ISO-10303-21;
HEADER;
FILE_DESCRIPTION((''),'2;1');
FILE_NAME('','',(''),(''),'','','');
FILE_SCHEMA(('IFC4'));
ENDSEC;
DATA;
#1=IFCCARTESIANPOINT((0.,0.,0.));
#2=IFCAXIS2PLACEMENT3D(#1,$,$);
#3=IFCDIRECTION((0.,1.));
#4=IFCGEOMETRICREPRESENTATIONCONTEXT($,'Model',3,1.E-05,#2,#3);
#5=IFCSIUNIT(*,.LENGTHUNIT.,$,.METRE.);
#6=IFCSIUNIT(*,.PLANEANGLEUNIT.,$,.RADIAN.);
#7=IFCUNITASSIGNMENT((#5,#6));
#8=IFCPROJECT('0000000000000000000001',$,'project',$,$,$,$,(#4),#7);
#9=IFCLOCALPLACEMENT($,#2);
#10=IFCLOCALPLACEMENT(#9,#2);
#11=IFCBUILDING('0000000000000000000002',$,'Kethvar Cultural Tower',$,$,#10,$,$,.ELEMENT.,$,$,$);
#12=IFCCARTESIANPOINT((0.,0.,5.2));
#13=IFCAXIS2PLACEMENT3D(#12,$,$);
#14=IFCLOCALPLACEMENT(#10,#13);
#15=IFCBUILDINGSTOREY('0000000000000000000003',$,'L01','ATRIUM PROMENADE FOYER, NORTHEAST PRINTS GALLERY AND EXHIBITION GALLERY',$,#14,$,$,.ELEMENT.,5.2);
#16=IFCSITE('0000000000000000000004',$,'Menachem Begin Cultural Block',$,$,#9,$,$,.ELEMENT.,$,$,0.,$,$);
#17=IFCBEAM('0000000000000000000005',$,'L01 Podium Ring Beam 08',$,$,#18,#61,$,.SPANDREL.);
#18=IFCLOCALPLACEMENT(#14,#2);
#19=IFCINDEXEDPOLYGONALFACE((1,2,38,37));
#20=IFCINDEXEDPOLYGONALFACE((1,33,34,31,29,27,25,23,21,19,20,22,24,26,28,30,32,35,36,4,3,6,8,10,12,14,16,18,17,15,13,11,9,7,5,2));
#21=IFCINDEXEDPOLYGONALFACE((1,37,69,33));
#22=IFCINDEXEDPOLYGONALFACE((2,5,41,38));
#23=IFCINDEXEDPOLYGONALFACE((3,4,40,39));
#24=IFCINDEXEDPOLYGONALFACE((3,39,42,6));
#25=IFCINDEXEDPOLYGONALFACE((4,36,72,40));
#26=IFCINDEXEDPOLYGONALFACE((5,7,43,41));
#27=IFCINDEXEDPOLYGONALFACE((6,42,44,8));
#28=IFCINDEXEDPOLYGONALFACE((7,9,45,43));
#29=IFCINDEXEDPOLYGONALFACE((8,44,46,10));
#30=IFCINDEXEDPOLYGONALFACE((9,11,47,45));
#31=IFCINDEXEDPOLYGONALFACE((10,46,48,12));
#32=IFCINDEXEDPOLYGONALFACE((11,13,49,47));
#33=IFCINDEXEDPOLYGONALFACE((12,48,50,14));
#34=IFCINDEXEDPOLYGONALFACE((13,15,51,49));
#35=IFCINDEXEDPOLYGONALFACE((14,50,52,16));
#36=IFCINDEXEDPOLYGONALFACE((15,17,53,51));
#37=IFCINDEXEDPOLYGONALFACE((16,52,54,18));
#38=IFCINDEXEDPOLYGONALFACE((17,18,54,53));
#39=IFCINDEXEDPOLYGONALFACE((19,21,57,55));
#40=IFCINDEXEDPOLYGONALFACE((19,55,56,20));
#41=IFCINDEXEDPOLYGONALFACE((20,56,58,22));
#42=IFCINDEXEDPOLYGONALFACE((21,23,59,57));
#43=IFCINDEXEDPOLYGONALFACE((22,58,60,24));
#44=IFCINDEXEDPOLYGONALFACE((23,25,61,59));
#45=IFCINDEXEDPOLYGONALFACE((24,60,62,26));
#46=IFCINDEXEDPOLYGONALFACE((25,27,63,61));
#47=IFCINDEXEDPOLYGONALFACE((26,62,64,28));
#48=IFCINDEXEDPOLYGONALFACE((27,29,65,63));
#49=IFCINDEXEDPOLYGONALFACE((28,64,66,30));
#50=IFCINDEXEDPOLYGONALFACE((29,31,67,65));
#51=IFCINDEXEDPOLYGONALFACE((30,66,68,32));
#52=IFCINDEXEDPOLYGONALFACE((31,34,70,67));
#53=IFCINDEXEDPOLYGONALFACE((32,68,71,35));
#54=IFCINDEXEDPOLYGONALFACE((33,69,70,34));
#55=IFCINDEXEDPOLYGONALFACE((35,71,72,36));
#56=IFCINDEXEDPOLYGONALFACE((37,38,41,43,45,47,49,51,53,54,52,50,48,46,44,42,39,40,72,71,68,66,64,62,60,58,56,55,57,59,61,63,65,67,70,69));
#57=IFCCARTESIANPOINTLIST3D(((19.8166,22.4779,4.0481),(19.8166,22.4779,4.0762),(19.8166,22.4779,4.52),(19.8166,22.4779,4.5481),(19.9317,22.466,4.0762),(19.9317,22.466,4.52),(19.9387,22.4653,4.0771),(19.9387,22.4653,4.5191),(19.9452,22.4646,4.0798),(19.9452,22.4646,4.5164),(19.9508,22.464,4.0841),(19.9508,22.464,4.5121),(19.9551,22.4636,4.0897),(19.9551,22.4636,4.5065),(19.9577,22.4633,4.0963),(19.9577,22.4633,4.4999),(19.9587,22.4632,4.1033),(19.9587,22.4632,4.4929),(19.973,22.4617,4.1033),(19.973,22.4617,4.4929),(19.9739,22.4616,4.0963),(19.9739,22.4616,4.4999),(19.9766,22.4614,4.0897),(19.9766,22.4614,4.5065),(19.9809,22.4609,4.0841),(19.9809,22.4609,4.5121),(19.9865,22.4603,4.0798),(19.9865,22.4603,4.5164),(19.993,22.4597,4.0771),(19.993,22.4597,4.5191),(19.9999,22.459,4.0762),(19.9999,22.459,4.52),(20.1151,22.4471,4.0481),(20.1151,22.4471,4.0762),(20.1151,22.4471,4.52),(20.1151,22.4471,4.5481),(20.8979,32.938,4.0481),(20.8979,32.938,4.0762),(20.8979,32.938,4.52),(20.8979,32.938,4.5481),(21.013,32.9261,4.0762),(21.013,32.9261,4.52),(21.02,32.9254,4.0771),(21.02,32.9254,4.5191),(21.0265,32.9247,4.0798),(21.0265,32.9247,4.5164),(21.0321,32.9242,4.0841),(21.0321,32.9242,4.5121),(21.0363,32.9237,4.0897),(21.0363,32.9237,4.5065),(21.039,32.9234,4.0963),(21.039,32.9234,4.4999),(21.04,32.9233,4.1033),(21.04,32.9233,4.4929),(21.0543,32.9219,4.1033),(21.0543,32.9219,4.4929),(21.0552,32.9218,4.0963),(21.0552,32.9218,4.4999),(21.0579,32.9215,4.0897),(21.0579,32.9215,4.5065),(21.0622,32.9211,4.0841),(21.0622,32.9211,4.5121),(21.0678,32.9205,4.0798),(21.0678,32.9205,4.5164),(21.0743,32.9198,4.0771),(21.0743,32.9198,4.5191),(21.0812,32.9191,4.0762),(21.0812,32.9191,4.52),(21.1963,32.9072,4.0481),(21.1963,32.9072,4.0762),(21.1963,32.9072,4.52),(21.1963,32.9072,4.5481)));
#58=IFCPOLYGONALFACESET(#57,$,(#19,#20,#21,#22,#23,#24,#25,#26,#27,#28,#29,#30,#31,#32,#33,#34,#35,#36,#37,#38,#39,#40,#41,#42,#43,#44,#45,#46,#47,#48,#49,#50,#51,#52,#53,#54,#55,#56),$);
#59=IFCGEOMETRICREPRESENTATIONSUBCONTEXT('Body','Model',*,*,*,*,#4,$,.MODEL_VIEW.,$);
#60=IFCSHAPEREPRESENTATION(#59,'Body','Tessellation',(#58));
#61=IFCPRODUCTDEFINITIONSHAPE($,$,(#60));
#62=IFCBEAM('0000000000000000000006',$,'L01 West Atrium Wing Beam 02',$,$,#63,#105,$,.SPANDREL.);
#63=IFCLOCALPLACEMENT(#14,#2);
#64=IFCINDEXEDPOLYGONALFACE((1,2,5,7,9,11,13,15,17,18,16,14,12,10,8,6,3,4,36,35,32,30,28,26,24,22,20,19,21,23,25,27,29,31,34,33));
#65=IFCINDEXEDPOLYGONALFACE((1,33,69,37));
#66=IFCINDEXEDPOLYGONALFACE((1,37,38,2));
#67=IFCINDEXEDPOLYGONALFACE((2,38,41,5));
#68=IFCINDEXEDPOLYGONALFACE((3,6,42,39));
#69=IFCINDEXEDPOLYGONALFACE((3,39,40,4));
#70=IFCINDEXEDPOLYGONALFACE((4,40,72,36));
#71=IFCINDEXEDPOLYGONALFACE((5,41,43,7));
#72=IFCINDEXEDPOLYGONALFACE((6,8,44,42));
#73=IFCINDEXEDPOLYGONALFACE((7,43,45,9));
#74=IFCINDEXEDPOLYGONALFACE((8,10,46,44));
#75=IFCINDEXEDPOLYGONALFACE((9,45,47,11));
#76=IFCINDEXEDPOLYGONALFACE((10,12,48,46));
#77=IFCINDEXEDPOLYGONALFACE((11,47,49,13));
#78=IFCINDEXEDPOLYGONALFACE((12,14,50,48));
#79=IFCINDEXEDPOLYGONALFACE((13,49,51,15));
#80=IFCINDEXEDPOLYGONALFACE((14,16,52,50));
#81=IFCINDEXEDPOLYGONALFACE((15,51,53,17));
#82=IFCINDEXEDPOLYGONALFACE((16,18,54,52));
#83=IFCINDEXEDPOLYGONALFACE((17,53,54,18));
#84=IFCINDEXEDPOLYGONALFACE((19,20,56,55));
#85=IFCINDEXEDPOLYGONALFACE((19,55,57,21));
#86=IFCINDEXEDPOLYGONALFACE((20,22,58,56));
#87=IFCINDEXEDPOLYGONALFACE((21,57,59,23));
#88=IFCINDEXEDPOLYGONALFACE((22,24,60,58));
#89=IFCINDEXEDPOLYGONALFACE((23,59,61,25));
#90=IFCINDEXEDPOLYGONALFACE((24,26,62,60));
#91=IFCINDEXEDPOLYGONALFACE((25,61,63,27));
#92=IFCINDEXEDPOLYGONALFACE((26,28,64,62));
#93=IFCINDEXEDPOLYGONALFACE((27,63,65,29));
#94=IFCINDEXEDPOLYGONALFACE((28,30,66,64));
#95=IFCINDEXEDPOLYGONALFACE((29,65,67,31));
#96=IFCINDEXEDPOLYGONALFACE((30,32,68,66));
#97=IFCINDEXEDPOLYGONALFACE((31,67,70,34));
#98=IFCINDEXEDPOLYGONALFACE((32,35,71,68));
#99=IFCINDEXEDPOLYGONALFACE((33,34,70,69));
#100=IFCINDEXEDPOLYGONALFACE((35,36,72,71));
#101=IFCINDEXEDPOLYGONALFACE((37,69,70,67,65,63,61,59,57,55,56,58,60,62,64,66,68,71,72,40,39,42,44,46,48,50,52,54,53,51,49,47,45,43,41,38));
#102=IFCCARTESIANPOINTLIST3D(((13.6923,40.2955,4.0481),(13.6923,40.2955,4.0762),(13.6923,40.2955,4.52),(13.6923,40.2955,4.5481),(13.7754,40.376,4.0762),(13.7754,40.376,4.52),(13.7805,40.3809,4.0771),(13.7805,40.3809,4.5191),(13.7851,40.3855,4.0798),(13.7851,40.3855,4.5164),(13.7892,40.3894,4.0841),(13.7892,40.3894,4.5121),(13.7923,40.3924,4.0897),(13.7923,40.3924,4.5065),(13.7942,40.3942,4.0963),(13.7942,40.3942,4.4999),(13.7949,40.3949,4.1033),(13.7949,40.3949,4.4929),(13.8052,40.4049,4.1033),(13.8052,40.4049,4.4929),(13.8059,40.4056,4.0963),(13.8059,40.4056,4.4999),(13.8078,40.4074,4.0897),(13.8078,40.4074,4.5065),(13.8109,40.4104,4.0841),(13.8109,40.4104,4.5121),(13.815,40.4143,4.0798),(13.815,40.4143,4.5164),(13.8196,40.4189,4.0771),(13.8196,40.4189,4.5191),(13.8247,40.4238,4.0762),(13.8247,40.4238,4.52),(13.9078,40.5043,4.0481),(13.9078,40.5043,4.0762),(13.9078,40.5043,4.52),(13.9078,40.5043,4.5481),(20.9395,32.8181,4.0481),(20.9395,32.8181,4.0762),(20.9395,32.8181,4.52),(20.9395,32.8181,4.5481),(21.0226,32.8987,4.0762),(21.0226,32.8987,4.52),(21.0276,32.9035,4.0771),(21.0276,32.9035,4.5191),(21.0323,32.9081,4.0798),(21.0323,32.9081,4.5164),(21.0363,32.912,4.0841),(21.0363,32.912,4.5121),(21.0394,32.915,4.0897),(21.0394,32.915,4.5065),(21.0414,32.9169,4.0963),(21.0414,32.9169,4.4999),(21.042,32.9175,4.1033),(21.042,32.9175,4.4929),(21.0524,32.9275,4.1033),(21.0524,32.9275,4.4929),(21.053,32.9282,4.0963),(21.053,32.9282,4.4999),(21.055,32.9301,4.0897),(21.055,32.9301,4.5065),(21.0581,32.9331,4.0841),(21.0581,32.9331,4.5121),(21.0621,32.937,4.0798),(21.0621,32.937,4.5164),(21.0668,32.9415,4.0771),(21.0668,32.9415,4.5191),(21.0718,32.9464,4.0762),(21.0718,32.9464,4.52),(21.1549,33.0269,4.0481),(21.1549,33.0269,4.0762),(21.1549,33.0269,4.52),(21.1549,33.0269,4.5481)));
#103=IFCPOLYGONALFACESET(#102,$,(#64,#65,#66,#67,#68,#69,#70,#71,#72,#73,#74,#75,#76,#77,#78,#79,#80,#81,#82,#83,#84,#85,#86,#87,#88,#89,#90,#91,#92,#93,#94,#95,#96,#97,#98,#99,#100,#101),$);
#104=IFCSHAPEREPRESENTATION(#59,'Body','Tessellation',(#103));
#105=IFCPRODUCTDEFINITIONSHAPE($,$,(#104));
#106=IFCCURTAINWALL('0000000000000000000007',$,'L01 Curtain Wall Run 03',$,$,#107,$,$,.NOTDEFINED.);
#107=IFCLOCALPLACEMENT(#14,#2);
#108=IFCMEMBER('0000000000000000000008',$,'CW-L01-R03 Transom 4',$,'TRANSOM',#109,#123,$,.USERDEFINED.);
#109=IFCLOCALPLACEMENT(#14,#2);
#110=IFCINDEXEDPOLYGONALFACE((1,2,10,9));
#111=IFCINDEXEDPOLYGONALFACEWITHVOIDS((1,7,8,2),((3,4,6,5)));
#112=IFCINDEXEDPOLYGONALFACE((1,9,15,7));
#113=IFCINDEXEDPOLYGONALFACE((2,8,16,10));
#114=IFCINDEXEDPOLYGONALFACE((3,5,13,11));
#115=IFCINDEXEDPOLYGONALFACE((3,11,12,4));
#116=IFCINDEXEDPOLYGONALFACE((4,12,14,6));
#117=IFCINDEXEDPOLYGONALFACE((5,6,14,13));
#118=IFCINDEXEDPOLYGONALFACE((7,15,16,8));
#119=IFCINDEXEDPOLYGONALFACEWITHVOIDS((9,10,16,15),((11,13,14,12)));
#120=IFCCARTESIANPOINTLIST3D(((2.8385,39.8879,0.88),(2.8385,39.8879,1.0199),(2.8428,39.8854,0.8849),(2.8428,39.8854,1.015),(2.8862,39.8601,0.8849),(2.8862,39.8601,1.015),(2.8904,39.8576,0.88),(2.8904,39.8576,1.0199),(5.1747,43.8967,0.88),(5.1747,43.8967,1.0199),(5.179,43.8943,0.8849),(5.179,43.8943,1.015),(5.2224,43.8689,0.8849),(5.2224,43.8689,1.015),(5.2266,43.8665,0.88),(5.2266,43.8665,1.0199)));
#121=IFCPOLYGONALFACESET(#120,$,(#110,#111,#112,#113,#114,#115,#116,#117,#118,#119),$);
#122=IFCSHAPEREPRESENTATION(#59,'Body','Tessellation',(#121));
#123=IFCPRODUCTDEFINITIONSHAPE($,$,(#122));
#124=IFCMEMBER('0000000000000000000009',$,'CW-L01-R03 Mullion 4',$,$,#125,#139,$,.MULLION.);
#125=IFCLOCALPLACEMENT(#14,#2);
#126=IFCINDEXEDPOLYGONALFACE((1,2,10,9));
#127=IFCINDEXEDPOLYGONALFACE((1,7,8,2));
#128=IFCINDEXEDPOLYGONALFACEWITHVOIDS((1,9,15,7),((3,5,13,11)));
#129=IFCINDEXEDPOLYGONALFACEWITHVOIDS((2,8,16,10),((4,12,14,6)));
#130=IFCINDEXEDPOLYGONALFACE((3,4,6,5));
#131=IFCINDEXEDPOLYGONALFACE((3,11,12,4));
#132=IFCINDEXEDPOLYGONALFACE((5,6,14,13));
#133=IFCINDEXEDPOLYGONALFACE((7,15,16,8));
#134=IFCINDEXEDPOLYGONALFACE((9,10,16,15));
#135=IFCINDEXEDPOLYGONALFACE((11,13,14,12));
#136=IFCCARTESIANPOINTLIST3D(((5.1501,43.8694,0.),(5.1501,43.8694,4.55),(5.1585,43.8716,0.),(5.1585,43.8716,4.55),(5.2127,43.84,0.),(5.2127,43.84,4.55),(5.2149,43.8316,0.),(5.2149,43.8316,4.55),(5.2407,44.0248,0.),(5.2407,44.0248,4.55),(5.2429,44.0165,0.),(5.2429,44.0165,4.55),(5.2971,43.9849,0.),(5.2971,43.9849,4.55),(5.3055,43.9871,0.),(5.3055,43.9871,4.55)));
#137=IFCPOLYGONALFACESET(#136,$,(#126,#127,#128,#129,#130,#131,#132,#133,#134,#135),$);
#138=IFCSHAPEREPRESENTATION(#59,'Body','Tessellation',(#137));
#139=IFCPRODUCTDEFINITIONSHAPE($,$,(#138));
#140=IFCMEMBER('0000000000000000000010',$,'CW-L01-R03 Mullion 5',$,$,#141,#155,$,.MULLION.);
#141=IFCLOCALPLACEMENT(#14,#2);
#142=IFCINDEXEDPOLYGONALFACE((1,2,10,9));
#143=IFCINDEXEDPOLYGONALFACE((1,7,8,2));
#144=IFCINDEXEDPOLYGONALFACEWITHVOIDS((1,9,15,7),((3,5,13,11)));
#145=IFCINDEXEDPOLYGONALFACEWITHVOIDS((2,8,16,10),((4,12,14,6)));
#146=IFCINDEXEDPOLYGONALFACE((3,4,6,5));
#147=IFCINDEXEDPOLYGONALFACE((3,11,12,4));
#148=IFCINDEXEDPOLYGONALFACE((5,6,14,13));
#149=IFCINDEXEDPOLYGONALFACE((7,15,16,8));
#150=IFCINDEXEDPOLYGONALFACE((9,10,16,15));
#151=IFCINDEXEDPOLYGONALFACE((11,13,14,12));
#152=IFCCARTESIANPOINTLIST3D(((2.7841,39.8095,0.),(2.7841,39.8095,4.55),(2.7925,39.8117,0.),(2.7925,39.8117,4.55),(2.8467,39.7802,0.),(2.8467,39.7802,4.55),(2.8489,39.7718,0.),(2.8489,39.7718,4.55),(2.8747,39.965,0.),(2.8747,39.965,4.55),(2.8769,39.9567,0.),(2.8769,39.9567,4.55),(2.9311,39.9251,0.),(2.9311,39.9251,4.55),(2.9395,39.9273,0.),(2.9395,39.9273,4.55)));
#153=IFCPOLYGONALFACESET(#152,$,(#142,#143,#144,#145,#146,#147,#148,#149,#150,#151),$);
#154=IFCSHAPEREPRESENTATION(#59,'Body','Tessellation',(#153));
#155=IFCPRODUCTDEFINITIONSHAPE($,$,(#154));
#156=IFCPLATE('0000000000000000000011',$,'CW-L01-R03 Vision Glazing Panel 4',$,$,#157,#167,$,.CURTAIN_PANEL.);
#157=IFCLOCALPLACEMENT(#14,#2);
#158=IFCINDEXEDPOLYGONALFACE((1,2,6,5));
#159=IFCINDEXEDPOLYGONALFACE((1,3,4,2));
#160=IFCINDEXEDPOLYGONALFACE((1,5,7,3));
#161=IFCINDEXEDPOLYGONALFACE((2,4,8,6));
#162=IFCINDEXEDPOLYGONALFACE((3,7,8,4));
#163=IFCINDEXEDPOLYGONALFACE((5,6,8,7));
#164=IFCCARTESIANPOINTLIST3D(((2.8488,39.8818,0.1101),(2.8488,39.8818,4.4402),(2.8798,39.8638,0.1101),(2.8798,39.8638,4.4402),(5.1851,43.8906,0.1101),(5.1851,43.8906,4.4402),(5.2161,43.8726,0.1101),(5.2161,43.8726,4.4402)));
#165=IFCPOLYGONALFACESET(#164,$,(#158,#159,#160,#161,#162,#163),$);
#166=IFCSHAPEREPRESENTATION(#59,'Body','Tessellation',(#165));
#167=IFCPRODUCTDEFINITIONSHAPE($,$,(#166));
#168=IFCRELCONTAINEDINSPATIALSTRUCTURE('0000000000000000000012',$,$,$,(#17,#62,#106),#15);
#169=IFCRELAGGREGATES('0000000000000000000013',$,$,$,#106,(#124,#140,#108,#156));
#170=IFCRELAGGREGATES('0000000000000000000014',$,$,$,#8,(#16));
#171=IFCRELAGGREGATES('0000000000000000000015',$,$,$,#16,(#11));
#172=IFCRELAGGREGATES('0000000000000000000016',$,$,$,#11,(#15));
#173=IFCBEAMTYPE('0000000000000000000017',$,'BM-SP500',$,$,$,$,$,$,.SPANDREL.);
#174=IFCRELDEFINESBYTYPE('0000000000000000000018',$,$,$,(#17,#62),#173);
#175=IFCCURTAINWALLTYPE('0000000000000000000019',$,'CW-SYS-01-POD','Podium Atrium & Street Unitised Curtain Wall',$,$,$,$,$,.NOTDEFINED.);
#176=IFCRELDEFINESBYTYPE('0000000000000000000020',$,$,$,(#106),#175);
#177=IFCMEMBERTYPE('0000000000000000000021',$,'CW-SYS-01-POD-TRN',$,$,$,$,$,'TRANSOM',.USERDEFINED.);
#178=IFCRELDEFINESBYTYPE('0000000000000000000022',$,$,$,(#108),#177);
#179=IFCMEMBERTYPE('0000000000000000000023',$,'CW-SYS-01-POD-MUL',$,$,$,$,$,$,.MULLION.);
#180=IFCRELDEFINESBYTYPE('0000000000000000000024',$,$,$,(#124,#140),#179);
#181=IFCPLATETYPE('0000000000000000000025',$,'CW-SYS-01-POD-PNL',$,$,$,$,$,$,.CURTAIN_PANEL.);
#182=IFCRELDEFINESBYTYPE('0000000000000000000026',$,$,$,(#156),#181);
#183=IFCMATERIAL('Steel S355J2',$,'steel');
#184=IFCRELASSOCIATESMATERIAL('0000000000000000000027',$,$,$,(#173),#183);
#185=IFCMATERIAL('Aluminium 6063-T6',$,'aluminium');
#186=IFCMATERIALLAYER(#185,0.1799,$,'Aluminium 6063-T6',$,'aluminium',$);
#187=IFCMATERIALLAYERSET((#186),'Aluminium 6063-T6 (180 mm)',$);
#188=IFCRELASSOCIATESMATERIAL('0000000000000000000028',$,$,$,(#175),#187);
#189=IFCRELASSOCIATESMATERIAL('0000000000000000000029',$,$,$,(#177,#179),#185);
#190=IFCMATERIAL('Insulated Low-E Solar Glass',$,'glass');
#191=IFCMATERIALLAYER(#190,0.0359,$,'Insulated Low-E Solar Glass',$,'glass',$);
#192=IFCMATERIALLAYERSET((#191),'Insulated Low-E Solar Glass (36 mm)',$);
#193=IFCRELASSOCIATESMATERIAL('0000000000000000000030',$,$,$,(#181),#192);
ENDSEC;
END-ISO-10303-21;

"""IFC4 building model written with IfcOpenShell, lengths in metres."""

from ifc_helpers import new_model, si_unit, direction, frame, origin, origin_2d, place, context, subcontext, project, spatial, rectangle, hollow_rectangle, i_section, extrude, source, transform, mapped, material, layer, layer_set, material_profile, profile_set, type_object, element, aggregate, save


model = new_model("IFC4")

# Units and contexts
model_context = context("Model", 3, precision=1e-05, world=origin(), true_north=direction((0.0, 1.0)))
body_context = subcontext(model_context, "Body", "Model", "MODEL_VIEW")
ifc_project = project(units=[si_unit("LENGTHUNIT", "METRE"), si_unit("PLANEANGLEUNIT", "RADIAN")], contexts=[model_context])

# Site, building, storey
site_placement = place(None, origin())
site = spatial("IfcSite", under=ifc_project, at=site_placement, Name="Menachem Begin Cultural Block", CompositionType="ELEMENT", RefElevation=0.0)
building_placement = place(site_placement, origin())
building = spatial("IfcBuilding", under=site, at=building_placement, Name="Kethvar Cultural Tower", CompositionType="ELEMENT")
storey_placement = place(building_placement, frame((0.0, 0.0, 5.2)))
storey = spatial("IfcBuildingStorey", under=building, at=storey_placement, Name="L01", Description="ATRIUM PROMENADE FOYER, NORTHEAST PRINTS GALLERY AND EXHIBITION GALLERY", CompositionType="ELEMENT", Elevation=5.2)

# Shared definitions
ifc_material_1 = material(Name="Steel S355J2", Category="steel")

# Beams
ifc_material_profile_1 = material_profile(ifc_material_1, i_section(OverallWidth=0.3, OverallDepth=0.5, WebThickness=0.0144, FlangeThickness=0.0281, FilletRadius=0.0271, at=origin_2d()), Name="Steel S355J2 — HEB500")
ifc_profile_set_1 = profile_set([ifc_material_profile_1], Name="Steel S355J2 — HEB500")
beam_type = type_object("IfcBeamType", Name="BM-SP500", PredefinedType="SPANDREL", material=ifc_profile_set_1)
shared_shape_1 = source(origin(), body_context, "Body", "SweptSolid", [
    extrude(i_section(OverallWidth=0.3, OverallDepth=0.5, WebThickness=0.0144, FlangeThickness=0.0281, FilletRadius=0.0271, at=origin_2d()), origin(), (0.0, 0.0, 1.0), 10.5159),
])
beam_1_placement = place(storey_placement, frame((21.0471, 32.9226, 4.2981), z_axis=(-0.102825, -0.994699, 0.0), x_axis=(0.994699, -0.102825, 0.0)))
element("IfcBeam", 1, at=beam_1_placement, inside=storey, type_object=beam_type, Name="L01 Podium Ring Beam 08", PredefinedType="SPANDREL", context=body_context, shape_type="MappedRepresentation", body=[
    mapped(shared_shape_1, transform((0.0, 0.0, 0.0), scale=1.0)),
])
shared_shape_2 = source(origin(), body_context, "Body", "SweptSolid", [
    extrude(i_section(OverallWidth=0.3, OverallDepth=0.5, WebThickness=0.0144, FlangeThickness=0.0281, FilletRadius=0.0271, at=origin_2d()), origin(), (0.0, 0.0, 1.0), 10.4131),
])
beam_2_placement = place(storey_placement, frame((13.8, 40.3999, 4.2981), z_axis=(0.695966, -0.718075, 0.0), x_axis=(0.718075, 0.695966, 0.0)))
element("IfcBeam", 2, at=beam_2_placement, inside=storey, type_object=beam_type, Name="L01 West Atrium Wing Beam 02", PredefinedType="SPANDREL", context=body_context, shape_type="MappedRepresentation", body=[
    mapped(shared_shape_2, transform((0.0, 0.0, 0.0), scale=1.0)),
])

# Curtain wall, members, plate
ifc_material_2 = material(Name="Aluminium 6063-T6", Category="aluminium")
ifc_layer_1 = layer(ifc_material_2, 0.1799, Name="Aluminium 6063-T6", Category="aluminium")
ifc_layer_set_1 = layer_set([ifc_layer_1], Name="Aluminium 6063-T6 (180 mm)")
curtain_wall_type = type_object("IfcCurtainWallType", Name="CW-SYS-01-POD", Description="Podium Atrium & Street Unitised Curtain Wall", PredefinedType="NOTDEFINED", material=ifc_layer_set_1)
curtain_wall_placement = place(storey_placement, origin())
curtain_wall = element("IfcCurtainWall", 3, at=curtain_wall_placement, inside=storey, type_object=curtain_wall_type, Name="L01 Curtain Wall Run 03", PredefinedType="NOTDEFINED")
ifc_material_profile_2 = material_profile(ifc_material_2, hollow_rectangle(XDim=0.0601, YDim=0.1399, WallThickness=0.0049, at=origin_2d()), Name="Aluminium 6063-T6 — RHS140x60x5")
ifc_profile_set_2 = profile_set([ifc_material_profile_2], Name="Aluminium 6063-T6 — RHS140x60x5")
member_type_1 = type_object("IfcMemberType", Name="CW-SYS-01-POD-TRN", ElementType="TRANSOM", PredefinedType="USERDEFINED", material=ifc_profile_set_2)
shared_shape_3 = source(origin(), body_context, "Body", "SweptSolid", [
    extrude(hollow_rectangle(XDim=0.0601, YDim=0.1399, WallThickness=0.0049, at=origin_2d()), origin(), (0.0, 0.0, 1.0), 4.6399),
])
member_1_placement = place(storey_placement, frame((5.2007, 43.8816, 0.95), z_axis=(-0.503505, -0.863993, 0.0), x_axis=(0.863993, -0.503505, 0.0)))
member_1 = element("IfcMember", 4, at=member_1_placement, type_object=member_type_1, Name="CW-L01-R03 Transom 4", ObjectType="TRANSOM", PredefinedType="USERDEFINED", context=body_context, shape_type="MappedRepresentation", body=[
    mapped(shared_shape_3, transform((0.0, 0.0, 0.0), scale=1.0)),
])
ifc_material_profile_3 = material_profile(ifc_material_2, hollow_rectangle(XDim=0.075, YDim=0.1799, WallThickness=0.0061, at=origin_2d()), Name="Aluminium 6063-T6 — RHS180x75x6")
ifc_profile_set_3 = profile_set([ifc_material_profile_3], Name="Aluminium 6063-T6 — RHS180x75x6")
member_type_2 = type_object("IfcMemberType", Name="CW-SYS-01-POD-MUL", PredefinedType="MULLION", material=ifc_profile_set_3)
shared_shape_4 = source(origin(), body_context, "Body", "SweptSolid", [
    extrude(hollow_rectangle(XDim=0.075, YDim=0.1799, WallThickness=0.0061, at=origin_2d()), origin(), (0.0, 0.0, 1.0), 4.55),
])
member_2_placement = place(storey_placement, frame((5.2278, 43.9282, 0.0), z_axis=(0.0, 0.0, 1.0), x_axis=(0.863985, -0.503518, 0.0)))
member_2 = element("IfcMember", 5, at=member_2_placement, type_object=member_type_2, Name="CW-L01-R03 Mullion 4", PredefinedType="MULLION", context=body_context, shape_type="MappedRepresentation", body=[
    mapped(shared_shape_4, transform((0.0, 0.0, 0.0), scale=1.0)),
])
member_3_placement = place(storey_placement, frame((2.8618, 39.8684, 0.0), z_axis=(0.0, 0.0, 1.0), x_axis=(0.863985, -0.503518, 0.0)))
member_3 = element("IfcMember", 6, at=member_3_placement, type_object=member_type_2, Name="CW-L01-R03 Mullion 5", PredefinedType="MULLION", context=body_context, shape_type="MappedRepresentation", body=[
    mapped(shared_shape_4, transform((0.0, 0.0, 0.0), scale=1.0)),
])
ifc_material_3 = material(Name="Insulated Low-E Solar Glass", Category="glass")
ifc_layer_2 = layer(ifc_material_3, 0.0359, Name="Insulated Low-E Solar Glass", Category="glass")
ifc_layer_set_2 = layer_set([ifc_layer_2], Name="Insulated Low-E Solar Glass (36 mm)")
plate_type = type_object("IfcPlateType", Name="CW-SYS-01-POD-PNL", PredefinedType="CURTAIN_PANEL", material=ifc_layer_set_2)
shared_shape_5 = source(origin(), body_context, "Body", "SweptSolid", [
    extrude(rectangle(XDim=4.6399, YDim=0.0359, at=origin_2d()), origin(), (0.0, 0.0, 1.0), 4.3301),
])
plate_placement = place(storey_placement, frame((4.0325, 41.8772, 0.1101), z_axis=(0.0, 0.0, 1.0), x_axis=(-0.503518, -0.863985, 0.0)))
plate = element("IfcPlate", 7, at=plate_placement, type_object=plate_type, Name="CW-L01-R03 Vision Glazing Panel 4", PredefinedType="CURTAIN_PANEL", context=body_context, shape_type="MappedRepresentation", body=[
    mapped(shared_shape_5, transform((0.0, 0.0, 0.0), scale=1.0)),
])
aggregate(curtain_wall, [member_2, member_3, member_1, plate])

save(model, "model.ifc")
